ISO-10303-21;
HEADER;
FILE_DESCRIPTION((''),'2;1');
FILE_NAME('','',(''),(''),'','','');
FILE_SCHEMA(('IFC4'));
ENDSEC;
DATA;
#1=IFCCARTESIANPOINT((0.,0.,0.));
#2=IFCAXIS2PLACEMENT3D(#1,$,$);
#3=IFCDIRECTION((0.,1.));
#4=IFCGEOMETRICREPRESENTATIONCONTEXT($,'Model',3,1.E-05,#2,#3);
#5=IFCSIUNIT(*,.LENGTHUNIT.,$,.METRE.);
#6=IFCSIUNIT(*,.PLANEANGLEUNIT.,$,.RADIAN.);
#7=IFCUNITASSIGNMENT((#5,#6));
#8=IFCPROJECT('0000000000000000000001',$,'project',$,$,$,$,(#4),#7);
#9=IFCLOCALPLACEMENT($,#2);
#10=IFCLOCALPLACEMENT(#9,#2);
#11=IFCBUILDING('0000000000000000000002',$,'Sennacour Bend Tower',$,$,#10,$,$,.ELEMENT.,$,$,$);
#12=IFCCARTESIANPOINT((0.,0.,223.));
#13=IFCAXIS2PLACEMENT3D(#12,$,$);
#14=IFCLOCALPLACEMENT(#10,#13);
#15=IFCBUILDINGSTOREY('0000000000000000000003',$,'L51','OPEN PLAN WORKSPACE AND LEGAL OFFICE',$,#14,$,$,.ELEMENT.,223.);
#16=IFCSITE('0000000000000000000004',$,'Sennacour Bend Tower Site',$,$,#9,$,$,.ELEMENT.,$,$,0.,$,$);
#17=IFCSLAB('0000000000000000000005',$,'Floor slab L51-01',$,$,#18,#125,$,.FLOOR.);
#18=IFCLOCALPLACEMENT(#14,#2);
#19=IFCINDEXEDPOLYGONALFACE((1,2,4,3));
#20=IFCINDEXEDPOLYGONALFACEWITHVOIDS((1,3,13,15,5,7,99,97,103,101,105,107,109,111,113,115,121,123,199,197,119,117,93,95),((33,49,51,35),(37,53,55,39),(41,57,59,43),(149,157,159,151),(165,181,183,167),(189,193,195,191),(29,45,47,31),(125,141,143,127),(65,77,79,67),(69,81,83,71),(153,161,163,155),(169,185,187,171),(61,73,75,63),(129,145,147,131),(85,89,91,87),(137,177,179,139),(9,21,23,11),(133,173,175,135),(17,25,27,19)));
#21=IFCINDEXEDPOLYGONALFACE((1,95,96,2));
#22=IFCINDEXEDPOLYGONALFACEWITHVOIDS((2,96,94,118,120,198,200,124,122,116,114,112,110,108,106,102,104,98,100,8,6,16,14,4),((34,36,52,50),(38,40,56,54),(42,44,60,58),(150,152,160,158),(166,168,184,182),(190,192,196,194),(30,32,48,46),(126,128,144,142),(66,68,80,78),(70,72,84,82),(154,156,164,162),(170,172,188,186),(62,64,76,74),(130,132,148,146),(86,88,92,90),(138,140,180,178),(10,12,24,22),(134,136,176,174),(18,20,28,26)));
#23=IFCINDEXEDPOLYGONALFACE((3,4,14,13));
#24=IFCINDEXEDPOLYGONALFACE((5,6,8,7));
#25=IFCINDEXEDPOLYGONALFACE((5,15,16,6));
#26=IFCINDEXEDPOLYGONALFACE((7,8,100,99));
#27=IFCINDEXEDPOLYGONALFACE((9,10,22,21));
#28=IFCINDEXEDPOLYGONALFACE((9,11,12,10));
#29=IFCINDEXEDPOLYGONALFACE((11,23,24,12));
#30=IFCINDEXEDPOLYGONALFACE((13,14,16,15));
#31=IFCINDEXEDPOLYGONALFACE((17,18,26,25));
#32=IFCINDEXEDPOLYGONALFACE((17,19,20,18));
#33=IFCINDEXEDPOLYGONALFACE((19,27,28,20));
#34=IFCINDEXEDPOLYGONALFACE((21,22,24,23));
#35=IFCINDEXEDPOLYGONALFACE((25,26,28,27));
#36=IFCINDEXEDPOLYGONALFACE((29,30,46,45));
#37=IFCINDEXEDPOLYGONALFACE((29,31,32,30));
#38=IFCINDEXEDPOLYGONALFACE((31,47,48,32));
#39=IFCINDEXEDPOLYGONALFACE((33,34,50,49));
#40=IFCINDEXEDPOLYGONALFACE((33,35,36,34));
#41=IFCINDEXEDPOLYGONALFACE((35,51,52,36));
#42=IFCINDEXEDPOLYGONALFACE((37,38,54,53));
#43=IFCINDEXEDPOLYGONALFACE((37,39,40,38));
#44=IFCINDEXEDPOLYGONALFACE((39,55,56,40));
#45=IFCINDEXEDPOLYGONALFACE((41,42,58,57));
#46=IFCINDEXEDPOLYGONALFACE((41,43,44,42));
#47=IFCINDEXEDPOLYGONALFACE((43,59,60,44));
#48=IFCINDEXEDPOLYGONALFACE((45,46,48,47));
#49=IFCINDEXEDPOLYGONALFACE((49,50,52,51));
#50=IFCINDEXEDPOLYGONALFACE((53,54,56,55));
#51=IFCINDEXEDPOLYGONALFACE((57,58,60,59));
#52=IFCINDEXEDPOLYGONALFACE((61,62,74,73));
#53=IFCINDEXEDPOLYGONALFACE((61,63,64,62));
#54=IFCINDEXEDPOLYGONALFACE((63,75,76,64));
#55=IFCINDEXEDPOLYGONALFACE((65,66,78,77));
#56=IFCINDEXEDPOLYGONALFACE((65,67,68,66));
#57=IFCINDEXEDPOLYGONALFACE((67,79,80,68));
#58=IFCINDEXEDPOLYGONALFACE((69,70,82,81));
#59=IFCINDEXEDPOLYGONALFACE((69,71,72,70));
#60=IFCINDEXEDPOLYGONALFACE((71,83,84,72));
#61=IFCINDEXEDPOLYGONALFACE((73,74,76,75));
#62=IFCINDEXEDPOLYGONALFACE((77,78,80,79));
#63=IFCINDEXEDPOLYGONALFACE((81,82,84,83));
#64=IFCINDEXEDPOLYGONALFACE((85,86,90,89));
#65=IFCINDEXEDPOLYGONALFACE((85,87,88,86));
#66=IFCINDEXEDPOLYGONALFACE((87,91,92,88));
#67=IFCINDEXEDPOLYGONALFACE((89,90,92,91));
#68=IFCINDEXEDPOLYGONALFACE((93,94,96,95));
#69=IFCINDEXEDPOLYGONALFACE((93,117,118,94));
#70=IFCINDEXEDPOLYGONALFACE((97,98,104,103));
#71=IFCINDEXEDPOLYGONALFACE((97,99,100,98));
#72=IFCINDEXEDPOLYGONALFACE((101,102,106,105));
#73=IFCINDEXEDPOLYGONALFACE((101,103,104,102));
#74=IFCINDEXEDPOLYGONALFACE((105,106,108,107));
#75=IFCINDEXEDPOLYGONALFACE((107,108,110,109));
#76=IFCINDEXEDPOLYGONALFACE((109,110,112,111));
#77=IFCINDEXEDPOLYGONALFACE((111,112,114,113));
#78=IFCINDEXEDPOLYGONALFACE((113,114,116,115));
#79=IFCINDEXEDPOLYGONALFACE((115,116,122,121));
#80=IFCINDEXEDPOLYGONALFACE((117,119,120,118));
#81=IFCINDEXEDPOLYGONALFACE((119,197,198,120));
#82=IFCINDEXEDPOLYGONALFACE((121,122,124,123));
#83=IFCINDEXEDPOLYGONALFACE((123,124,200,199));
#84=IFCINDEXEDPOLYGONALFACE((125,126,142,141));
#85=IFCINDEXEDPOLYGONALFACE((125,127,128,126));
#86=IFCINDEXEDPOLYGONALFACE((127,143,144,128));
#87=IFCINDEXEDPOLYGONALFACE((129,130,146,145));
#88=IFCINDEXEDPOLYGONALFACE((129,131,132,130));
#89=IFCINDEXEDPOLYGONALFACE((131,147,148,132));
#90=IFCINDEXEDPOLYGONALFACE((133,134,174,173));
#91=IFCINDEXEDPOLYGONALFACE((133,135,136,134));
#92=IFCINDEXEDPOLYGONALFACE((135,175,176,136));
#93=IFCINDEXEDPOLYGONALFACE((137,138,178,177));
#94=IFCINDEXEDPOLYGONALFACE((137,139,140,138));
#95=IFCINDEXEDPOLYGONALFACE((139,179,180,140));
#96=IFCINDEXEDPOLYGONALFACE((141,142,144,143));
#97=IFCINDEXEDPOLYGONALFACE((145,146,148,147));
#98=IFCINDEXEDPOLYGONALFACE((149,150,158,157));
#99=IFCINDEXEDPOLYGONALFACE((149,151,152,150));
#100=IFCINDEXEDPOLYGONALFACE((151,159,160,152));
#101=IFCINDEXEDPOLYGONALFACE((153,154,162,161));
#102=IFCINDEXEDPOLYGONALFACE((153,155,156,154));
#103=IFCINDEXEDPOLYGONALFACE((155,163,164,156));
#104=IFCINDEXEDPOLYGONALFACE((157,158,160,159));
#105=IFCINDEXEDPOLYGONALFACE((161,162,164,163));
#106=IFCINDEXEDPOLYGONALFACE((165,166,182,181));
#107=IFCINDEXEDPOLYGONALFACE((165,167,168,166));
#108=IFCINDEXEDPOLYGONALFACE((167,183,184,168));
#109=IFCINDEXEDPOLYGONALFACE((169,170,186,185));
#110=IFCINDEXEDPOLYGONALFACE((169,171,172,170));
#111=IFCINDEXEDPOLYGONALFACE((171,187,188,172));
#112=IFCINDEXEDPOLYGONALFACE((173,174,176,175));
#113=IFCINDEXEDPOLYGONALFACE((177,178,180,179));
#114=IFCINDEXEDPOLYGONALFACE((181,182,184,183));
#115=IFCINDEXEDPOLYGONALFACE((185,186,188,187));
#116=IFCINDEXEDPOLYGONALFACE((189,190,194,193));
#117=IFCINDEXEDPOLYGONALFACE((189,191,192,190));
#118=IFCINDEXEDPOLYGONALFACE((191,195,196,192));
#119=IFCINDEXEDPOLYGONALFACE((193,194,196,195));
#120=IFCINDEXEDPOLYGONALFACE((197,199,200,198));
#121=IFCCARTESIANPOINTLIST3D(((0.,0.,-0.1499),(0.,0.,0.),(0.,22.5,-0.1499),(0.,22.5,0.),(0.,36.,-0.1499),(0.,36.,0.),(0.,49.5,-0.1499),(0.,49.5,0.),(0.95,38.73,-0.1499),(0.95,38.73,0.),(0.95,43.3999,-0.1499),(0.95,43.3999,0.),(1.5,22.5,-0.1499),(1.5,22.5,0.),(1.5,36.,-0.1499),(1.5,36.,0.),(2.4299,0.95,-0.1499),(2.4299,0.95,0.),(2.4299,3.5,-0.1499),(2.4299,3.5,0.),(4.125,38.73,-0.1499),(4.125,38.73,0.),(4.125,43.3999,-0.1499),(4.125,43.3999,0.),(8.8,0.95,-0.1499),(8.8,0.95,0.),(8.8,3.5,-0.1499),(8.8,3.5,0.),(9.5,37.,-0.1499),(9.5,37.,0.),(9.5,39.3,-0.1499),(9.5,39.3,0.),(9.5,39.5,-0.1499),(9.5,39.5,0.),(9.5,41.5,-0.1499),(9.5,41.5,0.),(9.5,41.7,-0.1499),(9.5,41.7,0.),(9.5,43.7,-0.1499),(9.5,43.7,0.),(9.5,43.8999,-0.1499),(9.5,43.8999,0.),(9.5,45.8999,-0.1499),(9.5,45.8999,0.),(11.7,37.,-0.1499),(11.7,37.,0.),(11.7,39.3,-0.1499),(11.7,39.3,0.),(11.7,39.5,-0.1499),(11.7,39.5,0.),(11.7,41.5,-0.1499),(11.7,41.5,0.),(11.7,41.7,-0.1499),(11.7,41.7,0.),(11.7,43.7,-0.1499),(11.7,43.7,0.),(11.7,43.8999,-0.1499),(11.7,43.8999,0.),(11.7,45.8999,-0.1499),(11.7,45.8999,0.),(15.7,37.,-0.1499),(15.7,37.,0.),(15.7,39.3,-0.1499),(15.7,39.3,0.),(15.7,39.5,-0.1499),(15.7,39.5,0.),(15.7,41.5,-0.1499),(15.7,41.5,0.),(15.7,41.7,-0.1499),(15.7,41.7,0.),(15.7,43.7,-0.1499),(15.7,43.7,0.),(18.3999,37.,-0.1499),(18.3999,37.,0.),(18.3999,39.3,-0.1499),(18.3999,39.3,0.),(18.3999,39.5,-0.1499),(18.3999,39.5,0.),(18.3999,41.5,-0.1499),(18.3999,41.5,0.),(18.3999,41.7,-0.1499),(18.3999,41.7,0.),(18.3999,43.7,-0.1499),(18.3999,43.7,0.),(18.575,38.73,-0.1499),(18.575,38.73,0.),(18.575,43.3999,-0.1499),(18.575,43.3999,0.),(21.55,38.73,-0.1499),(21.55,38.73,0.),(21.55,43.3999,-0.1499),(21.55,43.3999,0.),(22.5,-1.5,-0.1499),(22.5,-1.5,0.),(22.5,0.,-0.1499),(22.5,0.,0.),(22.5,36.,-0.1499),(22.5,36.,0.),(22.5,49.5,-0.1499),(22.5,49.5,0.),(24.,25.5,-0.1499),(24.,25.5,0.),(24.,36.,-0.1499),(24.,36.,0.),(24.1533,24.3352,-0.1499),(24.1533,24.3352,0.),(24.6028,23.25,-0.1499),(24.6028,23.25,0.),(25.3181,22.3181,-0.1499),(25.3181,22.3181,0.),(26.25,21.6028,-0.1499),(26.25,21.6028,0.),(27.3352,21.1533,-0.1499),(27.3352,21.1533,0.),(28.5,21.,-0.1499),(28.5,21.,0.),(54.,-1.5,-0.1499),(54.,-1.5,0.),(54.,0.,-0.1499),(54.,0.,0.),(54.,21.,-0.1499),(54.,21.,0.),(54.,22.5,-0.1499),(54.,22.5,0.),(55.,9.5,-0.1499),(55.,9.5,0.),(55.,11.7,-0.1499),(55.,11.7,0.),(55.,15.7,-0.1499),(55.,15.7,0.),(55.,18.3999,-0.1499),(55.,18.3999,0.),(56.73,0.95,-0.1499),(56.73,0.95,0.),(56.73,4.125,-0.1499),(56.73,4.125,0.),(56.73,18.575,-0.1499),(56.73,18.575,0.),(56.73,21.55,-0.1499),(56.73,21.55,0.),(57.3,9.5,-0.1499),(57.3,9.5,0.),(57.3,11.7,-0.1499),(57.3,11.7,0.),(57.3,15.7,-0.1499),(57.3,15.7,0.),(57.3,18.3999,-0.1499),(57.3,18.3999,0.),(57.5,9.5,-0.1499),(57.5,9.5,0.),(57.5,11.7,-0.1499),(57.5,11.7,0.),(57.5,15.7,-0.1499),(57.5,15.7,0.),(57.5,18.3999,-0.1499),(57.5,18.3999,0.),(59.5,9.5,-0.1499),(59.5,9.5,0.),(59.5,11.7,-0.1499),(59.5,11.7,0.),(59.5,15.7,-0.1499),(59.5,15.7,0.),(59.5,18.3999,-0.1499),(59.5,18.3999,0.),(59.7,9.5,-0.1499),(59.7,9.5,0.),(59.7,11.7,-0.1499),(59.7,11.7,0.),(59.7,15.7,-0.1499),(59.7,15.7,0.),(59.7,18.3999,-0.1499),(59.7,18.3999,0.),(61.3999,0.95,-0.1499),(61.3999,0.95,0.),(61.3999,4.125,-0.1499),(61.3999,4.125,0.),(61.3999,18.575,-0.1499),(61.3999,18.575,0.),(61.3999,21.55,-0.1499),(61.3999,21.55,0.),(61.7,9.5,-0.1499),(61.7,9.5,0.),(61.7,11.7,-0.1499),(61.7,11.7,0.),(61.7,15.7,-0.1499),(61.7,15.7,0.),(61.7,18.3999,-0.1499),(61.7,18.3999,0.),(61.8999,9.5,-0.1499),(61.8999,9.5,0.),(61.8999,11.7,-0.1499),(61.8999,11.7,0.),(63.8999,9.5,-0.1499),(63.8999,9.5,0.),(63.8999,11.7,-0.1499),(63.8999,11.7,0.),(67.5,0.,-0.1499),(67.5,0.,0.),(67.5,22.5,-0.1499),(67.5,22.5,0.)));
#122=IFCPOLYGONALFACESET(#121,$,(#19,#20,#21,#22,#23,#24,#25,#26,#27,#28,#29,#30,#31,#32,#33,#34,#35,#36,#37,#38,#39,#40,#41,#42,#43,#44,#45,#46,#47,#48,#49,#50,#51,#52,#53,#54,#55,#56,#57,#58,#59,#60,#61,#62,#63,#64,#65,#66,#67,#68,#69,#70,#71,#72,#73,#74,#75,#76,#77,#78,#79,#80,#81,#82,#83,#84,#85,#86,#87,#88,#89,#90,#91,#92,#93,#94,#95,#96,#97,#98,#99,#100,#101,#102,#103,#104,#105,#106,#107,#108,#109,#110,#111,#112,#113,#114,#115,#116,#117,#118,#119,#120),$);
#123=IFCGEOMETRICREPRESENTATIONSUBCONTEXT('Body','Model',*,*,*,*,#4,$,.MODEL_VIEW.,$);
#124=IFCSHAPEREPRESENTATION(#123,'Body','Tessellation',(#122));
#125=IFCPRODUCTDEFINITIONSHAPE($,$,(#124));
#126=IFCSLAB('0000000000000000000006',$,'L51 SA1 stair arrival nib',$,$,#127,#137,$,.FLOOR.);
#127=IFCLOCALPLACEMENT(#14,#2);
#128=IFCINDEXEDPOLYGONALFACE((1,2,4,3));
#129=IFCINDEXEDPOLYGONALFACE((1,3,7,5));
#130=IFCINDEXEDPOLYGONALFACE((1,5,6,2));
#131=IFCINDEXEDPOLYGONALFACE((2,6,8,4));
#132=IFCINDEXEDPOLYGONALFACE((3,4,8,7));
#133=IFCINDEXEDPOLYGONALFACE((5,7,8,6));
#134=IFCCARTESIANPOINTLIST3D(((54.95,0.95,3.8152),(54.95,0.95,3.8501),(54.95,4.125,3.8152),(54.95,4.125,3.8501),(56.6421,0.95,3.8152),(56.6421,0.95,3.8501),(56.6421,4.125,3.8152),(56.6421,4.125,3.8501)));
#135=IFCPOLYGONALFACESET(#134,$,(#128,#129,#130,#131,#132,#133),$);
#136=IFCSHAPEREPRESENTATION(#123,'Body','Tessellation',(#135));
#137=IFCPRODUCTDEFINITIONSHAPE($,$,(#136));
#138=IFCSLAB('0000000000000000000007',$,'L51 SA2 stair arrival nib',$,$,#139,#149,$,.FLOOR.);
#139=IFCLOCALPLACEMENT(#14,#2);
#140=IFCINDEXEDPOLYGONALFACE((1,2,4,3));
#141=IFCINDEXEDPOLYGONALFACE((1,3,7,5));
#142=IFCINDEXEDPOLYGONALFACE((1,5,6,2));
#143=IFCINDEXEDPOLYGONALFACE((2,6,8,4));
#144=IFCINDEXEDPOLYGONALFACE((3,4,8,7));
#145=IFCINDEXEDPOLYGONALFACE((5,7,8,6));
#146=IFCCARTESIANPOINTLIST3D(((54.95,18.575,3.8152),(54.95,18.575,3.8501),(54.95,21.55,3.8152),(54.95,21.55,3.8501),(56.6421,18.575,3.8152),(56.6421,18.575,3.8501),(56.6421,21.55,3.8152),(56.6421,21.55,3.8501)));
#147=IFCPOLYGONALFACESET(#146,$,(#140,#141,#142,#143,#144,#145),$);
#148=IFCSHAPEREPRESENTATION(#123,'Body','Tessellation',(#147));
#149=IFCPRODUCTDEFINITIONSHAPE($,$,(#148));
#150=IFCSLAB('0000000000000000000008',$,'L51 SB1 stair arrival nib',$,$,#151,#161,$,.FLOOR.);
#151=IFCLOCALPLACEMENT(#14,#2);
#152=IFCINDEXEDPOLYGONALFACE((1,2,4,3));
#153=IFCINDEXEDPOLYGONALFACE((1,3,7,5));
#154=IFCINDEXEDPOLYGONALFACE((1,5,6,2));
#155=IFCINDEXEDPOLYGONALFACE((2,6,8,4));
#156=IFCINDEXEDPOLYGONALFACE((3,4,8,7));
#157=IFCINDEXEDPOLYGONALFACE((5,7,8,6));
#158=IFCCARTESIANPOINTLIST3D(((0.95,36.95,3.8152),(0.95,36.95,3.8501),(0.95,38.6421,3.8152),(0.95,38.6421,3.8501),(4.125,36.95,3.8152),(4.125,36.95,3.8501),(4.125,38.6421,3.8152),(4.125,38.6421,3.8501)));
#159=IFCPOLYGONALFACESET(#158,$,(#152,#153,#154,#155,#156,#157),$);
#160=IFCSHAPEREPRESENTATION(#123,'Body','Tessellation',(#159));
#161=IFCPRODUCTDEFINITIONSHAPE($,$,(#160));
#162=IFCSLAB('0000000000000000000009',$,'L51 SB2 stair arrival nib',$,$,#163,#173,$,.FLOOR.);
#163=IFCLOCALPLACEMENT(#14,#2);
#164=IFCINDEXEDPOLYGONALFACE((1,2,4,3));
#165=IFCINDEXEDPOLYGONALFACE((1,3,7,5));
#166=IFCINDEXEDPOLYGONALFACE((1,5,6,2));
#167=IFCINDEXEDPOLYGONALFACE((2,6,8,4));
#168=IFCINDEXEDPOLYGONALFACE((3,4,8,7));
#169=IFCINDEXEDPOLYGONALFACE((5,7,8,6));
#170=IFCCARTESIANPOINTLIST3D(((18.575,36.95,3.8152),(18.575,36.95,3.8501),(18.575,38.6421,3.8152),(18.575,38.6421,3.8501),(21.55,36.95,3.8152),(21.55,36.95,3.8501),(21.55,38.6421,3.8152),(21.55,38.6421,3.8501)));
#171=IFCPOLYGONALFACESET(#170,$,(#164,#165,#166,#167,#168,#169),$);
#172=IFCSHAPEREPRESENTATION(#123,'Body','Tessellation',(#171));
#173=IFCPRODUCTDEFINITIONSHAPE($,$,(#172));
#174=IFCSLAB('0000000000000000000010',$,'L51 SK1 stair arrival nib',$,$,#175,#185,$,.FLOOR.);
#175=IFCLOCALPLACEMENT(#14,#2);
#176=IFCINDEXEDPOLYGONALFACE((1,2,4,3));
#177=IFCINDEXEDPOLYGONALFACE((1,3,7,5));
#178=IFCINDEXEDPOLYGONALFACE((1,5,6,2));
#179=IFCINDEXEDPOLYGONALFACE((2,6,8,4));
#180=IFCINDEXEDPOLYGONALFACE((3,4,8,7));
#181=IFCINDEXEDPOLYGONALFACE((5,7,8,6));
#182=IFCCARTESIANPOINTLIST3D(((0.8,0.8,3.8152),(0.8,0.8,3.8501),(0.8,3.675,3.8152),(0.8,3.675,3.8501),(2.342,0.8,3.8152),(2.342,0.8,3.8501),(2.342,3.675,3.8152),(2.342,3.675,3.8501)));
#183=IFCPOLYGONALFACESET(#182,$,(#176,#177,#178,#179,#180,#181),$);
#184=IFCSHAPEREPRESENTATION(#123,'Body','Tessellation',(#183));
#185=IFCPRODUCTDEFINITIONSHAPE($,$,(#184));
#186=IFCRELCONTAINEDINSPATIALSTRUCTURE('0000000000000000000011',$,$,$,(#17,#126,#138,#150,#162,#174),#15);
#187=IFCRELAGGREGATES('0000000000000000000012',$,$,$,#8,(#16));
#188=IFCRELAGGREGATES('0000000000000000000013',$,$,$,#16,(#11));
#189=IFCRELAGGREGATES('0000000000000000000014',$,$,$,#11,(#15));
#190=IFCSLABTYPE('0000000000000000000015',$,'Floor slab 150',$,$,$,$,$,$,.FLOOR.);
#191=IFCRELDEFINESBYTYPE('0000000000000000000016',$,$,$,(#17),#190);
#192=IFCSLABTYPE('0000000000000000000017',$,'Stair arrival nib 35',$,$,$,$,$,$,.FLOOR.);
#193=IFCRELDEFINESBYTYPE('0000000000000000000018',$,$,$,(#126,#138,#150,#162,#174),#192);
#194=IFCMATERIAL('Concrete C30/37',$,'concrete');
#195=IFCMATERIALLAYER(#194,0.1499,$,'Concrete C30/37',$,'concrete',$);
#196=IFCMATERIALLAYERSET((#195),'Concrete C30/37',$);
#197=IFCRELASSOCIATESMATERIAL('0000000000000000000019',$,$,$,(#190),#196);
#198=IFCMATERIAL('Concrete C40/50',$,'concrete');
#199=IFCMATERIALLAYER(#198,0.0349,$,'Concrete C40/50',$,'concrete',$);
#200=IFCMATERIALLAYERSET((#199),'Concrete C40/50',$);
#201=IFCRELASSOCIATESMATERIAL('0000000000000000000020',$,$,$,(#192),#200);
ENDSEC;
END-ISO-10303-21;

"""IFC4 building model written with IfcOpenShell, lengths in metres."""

from ifc_helpers import new_model, si_unit, direction, frame, origin, place, context, subcontext, project, spatial, polyline, outline, extrude, material, layer, layer_set, type_object, element, save


model = new_model("IFC4")

# Units and contexts
model_context = context("Model", 3, precision=1e-05, world=origin(), true_north=direction((0.0, 1.0)))
body_context = subcontext(model_context, "Body", "Model", "MODEL_VIEW")
ifc_project = project(units=[si_unit("LENGTHUNIT", "METRE"), si_unit("PLANEANGLEUNIT", "RADIAN")], contexts=[model_context])

# Site, building, storey
site_placement = place(None, origin())
site = spatial("IfcSite", under=ifc_project, at=site_placement, Name="Sennacour Bend Tower Site", CompositionType="ELEMENT", RefElevation=0.0)
building_placement = place(site_placement, origin())
building = spatial("IfcBuilding", under=site, at=building_placement, Name="Sennacour Bend Tower", CompositionType="ELEMENT")
storey_placement = place(building_placement, frame((0.0, 0.0, 223.0)))
storey = spatial("IfcBuildingStorey", under=building, at=storey_placement, Name="L51", Description="OPEN PLAN WORKSPACE AND LEGAL OFFICE", CompositionType="ELEMENT", Elevation=223.0)

# Slabs
ifc_material_1 = material(Name="Concrete C30/37", Category="concrete")
ifc_layer_1 = layer(ifc_material_1, 0.1499, Name="Concrete C30/37", Category="concrete")
ifc_layer_set_1 = layer_set([ifc_layer_1], Name="Concrete C30/37")
slab_type_1 = type_object("IfcSlabType", Name="Floor slab 150", PredefinedType="FLOOR", material=ifc_layer_set_1)
slab_1_placement = place(storey_placement, frame((0.0, 0.0, -0.1499)))
element("IfcSlab", 1, at=slab_1_placement, inside=storey, type_object=slab_type_1, Name="Floor slab L51-01", PredefinedType="FLOOR", context=body_context, shape_type="SweptSolid", body=[
    extrude(outline(polyline([(22.5, 0.0), (0.0, 0.0), (0.0, 22.5), (1.5, 22.5), (1.5, 36.0), (0.0, 36.0), (0.0, 49.5), (22.5, 49.5), (22.5, 36.0), (24.0, 36.0), (24.0, 25.5), (24.1533, 24.3352), (24.6028, 23.25), (25.3181, 22.3181), (26.25, 21.6028), (27.3352, 21.1533), (28.5, 21.0), (54.0, 21.0), (54.0, 22.5), (67.5, 22.5), (67.5, 0.0), (54.0, 0.0), (54.0, -1.5), (22.5, -1.5), (22.5, 0.0)]), holes=[polyline([(8.8, 0.95), (8.8, 3.5), (2.4299, 3.5), (2.4299, 0.95), (8.8, 0.95)]), polyline([(11.7, 37.0), (11.7, 39.3), (9.5, 39.3), (9.5, 37.0), (11.7, 37.0)]), polyline([(18.3999, 37.0), (18.3999, 39.3), (15.7, 39.3), (15.7, 37.0), (18.3999, 37.0)]), polyline([(11.7, 39.5), (11.7, 41.5), (9.5, 41.5), (9.5, 39.5), (11.7, 39.5)]), polyline([(18.3999, 39.5), (18.3999, 41.5), (15.7, 41.5), (15.7, 39.5), (18.3999, 39.5)]), polyline([(4.125, 38.73), (4.125, 43.3999), (0.95, 43.3999), (0.95, 38.73), (4.125, 38.73)]), polyline([(21.55, 38.73), (21.55, 43.3999), (18.575, 43.3999), (18.575, 38.73), (21.55, 38.73)]), polyline([(9.5, 41.7), (11.7, 41.7), (11.7, 43.7), (9.5, 43.7), (9.5, 41.7)]), polyline([(15.7, 41.7), (18.3999, 41.7), (18.3999, 43.7), (15.7, 43.7), (15.7, 41.7)]), polyline([(11.7, 43.8999), (11.7, 45.8999), (9.5, 45.8999), (9.5, 43.8999), (11.7, 43.8999)]), polyline([(61.3999, 0.95), (61.3999, 4.125), (56.73, 4.125), (56.73, 0.95), (61.3999, 0.95)]), polyline([(57.3, 9.5), (57.3, 11.7), (55.0, 11.7), (55.0, 9.5), (57.3, 9.5)]), polyline([(57.5, 9.5), (59.5, 9.5), (59.5, 11.7), (57.5, 11.7), (57.5, 9.5)]), polyline([(59.7, 9.5), (61.7, 9.5), (61.7, 11.7), (59.7, 11.7), (59.7, 9.5)]), polyline([(63.8999, 9.5), (63.8999, 11.7), (61.8999, 11.7), (61.8999, 9.5), (63.8999, 9.5)]), polyline([(57.3, 15.7), (57.3, 18.3999), (55.0, 18.3999), (55.0, 15.7), (57.3, 15.7)]), polyline([(59.5, 15.7), (59.5, 18.3999), (57.5, 18.3999), (57.5, 15.7), (59.5, 15.7)]), polyline([(59.7, 15.7), (61.7, 15.7), (61.7, 18.3999), (59.7, 18.3999), (59.7, 15.7)]), polyline([(56.73, 18.575), (61.3999, 18.575), (61.3999, 21.55), (56.73, 21.55), (56.73, 18.575)])]), origin(), (0.0, 0.0, 1.0), 0.1499),
])
ifc_material_2 = material(Name="Concrete C40/50", Category="concrete")
ifc_layer_2 = layer(ifc_material_2, 0.0349, Name="Concrete C40/50", Category="concrete")
ifc_layer_set_2 = layer_set([ifc_layer_2], Name="Concrete C40/50")
slab_type_2 = type_object("IfcSlabType", Name="Stair arrival nib 35", PredefinedType="FLOOR", material=ifc_layer_set_2)
slab_2_placement = place(storey_placement, frame((0.0, 0.0, 3.8152)))
element("IfcSlab", 2, at=slab_2_placement, inside=storey, type_object=slab_type_2, Name="L51 SA1 stair arrival nib", PredefinedType="FLOOR", context=body_context, shape_type="SweptSolid", body=[
    extrude(outline(polyline([(56.6421, 4.125), (54.95, 4.125), (54.95, 0.95), (56.6421, 0.95), (56.6421, 4.125)])), origin(), (0.0, 0.0, 1.0), 0.0349),
])
slab_3_placement = place(storey_placement, frame((0.0, 0.0, 3.8152)))
element("IfcSlab", 3, at=slab_3_placement, inside=storey, type_object=slab_type_2, Name="L51 SA2 stair arrival nib", PredefinedType="FLOOR", context=body_context, shape_type="SweptSolid", body=[
    extrude(outline(polyline([(56.6421, 21.55), (54.95, 21.55), (54.95, 18.575), (56.6421, 18.575), (56.6421, 21.55)])), origin(), (0.0, 0.0, 1.0), 0.0349),
])
slab_4_placement = place(storey_placement, frame((0.0, 0.0, 3.8152)))
element("IfcSlab", 4, at=slab_4_placement, inside=storey, type_object=slab_type_2, Name="L51 SB1 stair arrival nib", PredefinedType="FLOOR", context=body_context, shape_type="SweptSolid", body=[
    extrude(outline(polyline([(0.95, 38.6421), (0.95, 36.95), (4.125, 36.95), (4.125, 38.6421), (0.95, 38.6421)])), origin(), (0.0, 0.0, 1.0), 0.0349),
])
slab_5_placement = place(storey_placement, frame((0.0, 0.0, 3.8152)))
element("IfcSlab", 5, at=slab_5_placement, inside=storey, type_object=slab_type_2, Name="L51 SB2 stair arrival nib", PredefinedType="FLOOR", context=body_context, shape_type="SweptSolid", body=[
    extrude(outline(polyline([(18.575, 38.6421), (18.575, 36.95), (21.55, 36.95), (21.55, 38.6421), (18.575, 38.6421)])), origin(), (0.0, 0.0, 1.0), 0.0349),
])
slab_6_placement = place(storey_placement, frame((0.0, 0.0, 3.8152)))
element("IfcSlab", 6, at=slab_6_placement, inside=storey, type_object=slab_type_2, Name="L51 SK1 stair arrival nib", PredefinedType="FLOOR", context=body_context, shape_type="SweptSolid", body=[
    extrude(outline(polyline([(2.342, 3.675), (0.8, 3.675), (0.8, 0.8), (2.342, 0.8), (2.342, 3.675)])), origin(), (0.0, 0.0, 1.0), 0.0349),
])

save(model, "model.ifc")
